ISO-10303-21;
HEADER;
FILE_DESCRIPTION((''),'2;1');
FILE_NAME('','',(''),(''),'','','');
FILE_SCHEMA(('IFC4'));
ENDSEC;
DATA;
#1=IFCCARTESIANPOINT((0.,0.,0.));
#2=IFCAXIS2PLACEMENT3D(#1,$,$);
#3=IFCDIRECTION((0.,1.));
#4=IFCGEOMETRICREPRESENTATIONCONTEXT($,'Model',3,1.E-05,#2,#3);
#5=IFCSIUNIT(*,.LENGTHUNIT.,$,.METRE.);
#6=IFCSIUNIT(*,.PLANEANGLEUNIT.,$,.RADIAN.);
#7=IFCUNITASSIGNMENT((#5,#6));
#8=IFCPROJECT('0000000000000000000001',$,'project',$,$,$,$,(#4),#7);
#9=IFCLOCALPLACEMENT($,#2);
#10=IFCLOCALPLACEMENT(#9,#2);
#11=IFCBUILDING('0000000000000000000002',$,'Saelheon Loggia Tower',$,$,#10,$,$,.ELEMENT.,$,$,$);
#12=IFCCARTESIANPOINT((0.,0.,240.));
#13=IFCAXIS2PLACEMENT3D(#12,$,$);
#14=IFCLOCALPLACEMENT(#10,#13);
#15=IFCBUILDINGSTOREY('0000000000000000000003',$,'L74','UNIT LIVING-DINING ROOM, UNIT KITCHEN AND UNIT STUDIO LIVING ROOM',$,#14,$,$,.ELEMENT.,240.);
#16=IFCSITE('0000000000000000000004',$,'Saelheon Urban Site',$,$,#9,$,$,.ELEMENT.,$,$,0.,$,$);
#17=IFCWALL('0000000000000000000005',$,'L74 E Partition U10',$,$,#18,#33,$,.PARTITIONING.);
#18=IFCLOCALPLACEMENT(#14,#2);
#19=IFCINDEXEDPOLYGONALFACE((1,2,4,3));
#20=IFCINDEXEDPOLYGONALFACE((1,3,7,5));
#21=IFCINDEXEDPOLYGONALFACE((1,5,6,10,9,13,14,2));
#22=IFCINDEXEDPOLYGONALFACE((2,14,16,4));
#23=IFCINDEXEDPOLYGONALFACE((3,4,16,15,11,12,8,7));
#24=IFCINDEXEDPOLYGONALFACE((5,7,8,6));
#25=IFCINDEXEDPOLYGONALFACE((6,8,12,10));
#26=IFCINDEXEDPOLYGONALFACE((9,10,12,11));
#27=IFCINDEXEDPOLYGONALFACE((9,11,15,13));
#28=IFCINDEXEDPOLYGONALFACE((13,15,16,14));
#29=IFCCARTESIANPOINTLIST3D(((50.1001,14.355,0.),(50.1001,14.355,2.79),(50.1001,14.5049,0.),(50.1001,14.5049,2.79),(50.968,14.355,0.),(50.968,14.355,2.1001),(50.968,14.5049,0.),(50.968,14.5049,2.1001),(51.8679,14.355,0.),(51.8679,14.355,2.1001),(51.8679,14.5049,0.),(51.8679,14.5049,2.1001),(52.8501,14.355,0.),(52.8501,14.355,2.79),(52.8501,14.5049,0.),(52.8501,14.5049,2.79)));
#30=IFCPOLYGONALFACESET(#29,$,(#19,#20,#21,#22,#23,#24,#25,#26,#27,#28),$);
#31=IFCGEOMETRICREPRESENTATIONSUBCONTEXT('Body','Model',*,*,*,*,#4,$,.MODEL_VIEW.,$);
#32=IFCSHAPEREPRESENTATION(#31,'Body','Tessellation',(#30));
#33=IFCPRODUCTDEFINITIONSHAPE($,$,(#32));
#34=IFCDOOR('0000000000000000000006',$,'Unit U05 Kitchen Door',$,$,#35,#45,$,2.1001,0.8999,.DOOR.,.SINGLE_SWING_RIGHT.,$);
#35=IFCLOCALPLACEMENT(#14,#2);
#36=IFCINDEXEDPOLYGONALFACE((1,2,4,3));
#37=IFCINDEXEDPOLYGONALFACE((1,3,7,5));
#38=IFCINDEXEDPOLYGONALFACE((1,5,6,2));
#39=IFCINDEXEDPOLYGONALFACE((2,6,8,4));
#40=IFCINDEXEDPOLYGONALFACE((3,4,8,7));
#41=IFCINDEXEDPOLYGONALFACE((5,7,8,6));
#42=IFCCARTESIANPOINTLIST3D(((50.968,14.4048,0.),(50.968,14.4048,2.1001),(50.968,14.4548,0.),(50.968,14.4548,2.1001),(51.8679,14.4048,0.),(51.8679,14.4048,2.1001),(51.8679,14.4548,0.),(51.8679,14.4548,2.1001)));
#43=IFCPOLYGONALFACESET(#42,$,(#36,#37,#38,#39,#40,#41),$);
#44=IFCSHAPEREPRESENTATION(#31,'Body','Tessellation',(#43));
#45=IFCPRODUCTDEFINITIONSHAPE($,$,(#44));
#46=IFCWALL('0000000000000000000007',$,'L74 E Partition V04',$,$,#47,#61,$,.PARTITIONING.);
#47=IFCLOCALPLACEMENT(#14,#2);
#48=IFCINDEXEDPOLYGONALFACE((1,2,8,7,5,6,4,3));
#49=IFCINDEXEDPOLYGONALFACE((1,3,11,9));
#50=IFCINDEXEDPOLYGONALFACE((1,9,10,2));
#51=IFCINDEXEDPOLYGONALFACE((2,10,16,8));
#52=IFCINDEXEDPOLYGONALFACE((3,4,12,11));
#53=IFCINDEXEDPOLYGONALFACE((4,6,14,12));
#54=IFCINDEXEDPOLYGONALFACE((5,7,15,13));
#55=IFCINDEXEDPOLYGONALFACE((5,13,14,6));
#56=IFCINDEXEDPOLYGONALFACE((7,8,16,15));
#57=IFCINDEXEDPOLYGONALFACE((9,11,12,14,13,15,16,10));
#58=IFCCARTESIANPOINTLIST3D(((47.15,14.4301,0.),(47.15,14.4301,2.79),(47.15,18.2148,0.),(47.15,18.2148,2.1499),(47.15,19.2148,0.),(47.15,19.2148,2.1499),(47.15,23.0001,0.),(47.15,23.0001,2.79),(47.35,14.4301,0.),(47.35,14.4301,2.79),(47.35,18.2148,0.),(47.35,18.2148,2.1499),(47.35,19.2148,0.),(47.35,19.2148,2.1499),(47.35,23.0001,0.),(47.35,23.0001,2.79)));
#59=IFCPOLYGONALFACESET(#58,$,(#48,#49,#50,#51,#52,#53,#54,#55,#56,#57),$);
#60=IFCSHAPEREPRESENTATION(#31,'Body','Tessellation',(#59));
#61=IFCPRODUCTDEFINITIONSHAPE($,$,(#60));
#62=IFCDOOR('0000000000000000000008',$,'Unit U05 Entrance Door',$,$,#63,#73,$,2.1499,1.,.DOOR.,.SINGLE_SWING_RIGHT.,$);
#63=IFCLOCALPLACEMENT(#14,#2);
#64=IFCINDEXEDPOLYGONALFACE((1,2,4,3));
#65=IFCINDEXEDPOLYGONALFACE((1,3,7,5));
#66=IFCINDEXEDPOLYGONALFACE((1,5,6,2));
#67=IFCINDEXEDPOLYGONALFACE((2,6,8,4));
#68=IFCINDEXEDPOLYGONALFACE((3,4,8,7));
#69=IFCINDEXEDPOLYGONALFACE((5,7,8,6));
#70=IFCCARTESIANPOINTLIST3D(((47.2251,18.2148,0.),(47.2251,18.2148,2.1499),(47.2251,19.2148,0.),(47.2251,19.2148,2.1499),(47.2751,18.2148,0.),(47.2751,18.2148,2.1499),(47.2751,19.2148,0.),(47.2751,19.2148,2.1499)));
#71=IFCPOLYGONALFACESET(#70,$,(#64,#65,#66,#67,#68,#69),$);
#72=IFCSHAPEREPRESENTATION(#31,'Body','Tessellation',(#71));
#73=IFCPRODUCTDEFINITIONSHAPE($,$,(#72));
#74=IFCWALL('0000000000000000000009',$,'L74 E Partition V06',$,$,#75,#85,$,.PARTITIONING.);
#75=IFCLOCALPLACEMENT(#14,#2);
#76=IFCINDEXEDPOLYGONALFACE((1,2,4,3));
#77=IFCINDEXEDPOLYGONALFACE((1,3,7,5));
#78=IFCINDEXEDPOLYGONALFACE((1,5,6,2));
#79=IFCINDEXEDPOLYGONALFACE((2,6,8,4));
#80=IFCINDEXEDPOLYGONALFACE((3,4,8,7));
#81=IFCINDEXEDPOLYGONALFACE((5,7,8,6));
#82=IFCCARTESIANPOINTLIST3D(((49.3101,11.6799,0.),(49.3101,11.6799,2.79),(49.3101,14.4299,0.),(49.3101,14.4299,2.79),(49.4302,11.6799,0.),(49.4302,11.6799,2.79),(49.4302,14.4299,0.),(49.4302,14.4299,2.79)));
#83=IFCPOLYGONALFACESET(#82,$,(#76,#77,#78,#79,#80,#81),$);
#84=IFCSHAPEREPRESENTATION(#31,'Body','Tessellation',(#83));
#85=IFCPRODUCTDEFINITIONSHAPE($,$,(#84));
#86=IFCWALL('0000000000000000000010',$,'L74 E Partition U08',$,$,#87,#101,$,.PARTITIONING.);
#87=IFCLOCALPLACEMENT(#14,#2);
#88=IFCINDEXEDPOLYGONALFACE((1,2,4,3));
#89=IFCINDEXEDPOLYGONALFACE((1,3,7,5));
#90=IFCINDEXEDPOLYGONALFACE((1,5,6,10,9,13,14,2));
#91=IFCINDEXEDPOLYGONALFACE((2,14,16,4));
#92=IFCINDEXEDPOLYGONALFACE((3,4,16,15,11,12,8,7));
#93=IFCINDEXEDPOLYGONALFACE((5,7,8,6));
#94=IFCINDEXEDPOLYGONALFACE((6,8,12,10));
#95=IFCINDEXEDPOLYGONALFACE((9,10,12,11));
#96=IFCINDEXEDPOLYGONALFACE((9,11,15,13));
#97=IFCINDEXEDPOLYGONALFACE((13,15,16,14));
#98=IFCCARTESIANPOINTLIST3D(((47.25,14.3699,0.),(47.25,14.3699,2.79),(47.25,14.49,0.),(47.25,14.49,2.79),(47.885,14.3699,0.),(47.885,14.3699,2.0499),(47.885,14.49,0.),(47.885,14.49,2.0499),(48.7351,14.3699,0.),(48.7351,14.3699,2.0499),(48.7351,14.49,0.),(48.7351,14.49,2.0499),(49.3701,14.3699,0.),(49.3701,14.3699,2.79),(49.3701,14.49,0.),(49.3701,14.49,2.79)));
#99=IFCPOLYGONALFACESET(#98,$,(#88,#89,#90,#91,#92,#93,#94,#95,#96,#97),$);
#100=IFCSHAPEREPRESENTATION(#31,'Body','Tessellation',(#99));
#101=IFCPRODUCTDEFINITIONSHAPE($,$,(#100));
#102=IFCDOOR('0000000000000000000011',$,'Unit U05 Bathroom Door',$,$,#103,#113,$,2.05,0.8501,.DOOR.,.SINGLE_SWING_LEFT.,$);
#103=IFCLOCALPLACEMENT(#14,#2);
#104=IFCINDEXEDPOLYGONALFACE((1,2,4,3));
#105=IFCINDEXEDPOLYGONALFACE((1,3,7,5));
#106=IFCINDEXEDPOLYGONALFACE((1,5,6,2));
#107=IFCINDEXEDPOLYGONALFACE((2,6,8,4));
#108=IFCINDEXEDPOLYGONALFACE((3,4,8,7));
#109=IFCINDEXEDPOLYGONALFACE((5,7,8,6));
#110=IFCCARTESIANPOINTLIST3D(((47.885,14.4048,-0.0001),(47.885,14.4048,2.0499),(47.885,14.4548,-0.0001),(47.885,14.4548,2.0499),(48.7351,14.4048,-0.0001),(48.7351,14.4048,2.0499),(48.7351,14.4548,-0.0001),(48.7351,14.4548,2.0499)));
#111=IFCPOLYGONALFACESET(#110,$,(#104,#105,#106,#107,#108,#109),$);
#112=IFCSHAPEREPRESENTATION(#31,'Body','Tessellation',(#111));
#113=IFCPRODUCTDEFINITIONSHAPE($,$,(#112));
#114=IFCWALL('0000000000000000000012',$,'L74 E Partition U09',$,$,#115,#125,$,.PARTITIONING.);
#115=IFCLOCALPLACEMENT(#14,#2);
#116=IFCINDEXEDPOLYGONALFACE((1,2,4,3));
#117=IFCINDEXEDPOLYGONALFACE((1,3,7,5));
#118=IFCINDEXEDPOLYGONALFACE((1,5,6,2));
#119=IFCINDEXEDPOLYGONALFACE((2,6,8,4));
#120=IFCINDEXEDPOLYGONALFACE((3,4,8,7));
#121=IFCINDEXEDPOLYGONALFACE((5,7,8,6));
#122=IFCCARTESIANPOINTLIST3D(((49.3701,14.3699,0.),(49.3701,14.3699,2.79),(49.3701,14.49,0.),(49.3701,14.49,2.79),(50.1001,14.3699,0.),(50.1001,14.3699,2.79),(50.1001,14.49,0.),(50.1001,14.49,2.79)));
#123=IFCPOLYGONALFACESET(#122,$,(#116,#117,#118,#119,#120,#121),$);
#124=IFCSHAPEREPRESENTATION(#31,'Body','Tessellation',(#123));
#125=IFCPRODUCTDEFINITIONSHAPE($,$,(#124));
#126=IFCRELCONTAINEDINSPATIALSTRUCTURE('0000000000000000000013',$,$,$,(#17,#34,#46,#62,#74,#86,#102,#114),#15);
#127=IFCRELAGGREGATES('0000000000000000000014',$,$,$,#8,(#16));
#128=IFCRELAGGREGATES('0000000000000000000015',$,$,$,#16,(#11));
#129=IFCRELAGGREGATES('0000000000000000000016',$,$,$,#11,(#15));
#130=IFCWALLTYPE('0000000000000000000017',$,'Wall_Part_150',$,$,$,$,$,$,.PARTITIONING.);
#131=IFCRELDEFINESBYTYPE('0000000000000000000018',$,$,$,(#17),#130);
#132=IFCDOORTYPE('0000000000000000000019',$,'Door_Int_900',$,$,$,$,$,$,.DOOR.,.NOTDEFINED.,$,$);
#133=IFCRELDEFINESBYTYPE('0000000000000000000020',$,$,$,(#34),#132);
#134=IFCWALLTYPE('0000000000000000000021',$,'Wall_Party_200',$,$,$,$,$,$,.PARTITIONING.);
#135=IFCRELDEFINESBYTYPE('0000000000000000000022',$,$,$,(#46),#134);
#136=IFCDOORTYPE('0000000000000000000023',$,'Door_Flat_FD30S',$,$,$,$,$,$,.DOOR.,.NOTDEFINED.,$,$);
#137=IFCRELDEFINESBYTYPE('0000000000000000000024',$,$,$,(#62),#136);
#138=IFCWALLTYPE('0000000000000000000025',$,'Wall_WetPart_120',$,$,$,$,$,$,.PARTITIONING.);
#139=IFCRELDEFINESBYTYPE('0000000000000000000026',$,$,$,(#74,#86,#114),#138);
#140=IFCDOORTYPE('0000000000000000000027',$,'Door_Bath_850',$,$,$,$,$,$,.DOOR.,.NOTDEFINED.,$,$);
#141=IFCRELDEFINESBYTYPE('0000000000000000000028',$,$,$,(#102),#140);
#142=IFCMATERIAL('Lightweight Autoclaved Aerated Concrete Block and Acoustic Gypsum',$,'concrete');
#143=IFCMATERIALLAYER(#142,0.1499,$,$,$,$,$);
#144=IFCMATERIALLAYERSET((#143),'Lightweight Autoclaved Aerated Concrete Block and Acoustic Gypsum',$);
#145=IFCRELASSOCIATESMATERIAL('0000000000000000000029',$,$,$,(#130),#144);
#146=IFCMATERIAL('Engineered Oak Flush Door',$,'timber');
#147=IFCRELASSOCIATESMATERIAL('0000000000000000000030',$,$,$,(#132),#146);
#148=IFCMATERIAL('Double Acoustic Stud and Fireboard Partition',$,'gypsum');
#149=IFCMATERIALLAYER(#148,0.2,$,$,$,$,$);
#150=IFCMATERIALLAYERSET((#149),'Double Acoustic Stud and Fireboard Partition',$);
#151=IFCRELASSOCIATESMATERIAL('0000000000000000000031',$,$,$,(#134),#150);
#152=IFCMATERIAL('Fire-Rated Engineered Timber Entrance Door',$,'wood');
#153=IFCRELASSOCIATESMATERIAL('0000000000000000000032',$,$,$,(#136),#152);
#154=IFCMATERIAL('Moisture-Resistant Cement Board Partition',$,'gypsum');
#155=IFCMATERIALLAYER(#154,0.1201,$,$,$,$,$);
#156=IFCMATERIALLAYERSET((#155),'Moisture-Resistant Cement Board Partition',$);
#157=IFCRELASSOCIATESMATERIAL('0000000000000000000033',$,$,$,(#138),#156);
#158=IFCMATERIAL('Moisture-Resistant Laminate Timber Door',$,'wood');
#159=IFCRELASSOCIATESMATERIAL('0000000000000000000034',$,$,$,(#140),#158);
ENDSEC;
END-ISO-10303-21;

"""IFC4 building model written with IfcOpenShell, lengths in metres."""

from ifc_helpers import new_model, si_unit, direction, frame, frame_2d, origin, place, context, subcontext, project, spatial, rectangle, extrude, source, transform, mapped, material, layer, layer_set, type_object, element, fill, save


model = new_model("IFC4")

# Units and contexts
model_context = context("Model", 3, precision=1e-05, world=origin(), true_north=direction((0.0, 1.0)))
body_context = subcontext(model_context, "Body", "Model", "MODEL_VIEW")
ifc_project = project(units=[si_unit("LENGTHUNIT", "METRE"), si_unit("PLANEANGLEUNIT", "RADIAN")], contexts=[model_context])

# Site, building, storey
site_placement = place(None, origin())
site = spatial("IfcSite", under=ifc_project, at=site_placement, Name="Saelheon Urban Site", CompositionType="ELEMENT", RefElevation=0.0)
building_placement = place(site_placement, origin())
building = spatial("IfcBuilding", under=site, at=building_placement, Name="Saelheon Loggia Tower", CompositionType="ELEMENT")
storey_placement = place(building_placement, frame((0.0, 0.0, 240.0)))
storey = spatial("IfcBuildingStorey", under=building, at=storey_placement, Name="L74", Description="UNIT LIVING-DINING ROOM, UNIT KITCHEN AND UNIT STUDIO LIVING ROOM", CompositionType="ELEMENT", Elevation=240.0)

# Walls, openings, doors
ifc_material_1 = material(Name="Lightweight Autoclaved Aerated Concrete Block and Acoustic Gypsum", Category="concrete")
ifc_layer_1 = layer(ifc_material_1, 0.1499)
ifc_layer_set_1 = layer_set([ifc_layer_1], Name="Lightweight Autoclaved Aerated Concrete Block and Acoustic Gypsum")
wall_type_1 = type_object("IfcWallType", Name="Wall_Part_150", PredefinedType="PARTITIONING", material=ifc_layer_set_1)
wall_1_placement = place(storey_placement, frame((50.1001, 14.4299, 0.0), z_axis=(0.0, 0.0, 1.0), x_axis=(1.0, 0.0, 0.0)))
wall_1 = element("IfcWall", 1, at=wall_1_placement, inside=storey, type_object=wall_type_1, Name="L74 E Partition U10", PredefinedType="PARTITIONING", context=body_context, shape_type="SweptSolid", body=[
    extrude(rectangle(XDim=2.75, YDim=0.1499, at=frame_2d((1.375, 0.0))), origin(), (0.0, 0.0, 1.0), 2.79),
])
opening_1_placement = place(wall_1_placement, frame((0.8679, 0.0, 0.0)))
opening_1 = element("IfcOpeningElement", 2, at=opening_1_placement, cuts=wall_1, PredefinedType="OPENING", context=body_context, shape_type="SweptSolid", body=[
    extrude(rectangle(XDim=0.8999, YDim=2.1001, at=frame_2d((0.45, 1.05))), frame((0.0, 0.0869, 0.0), z_axis=(0.0, -1.0, 0.0), x_axis=(1.0, 0.0, 0.0)), (0.0, 0.0, 1.0), 0.1738),
])
ifc_material_2 = material(Name="Engineered Oak Flush Door", Category="timber")
door_type_1 = type_object("IfcDoorType", Name="Door_Int_900", OperationType="NOTDEFINED", PredefinedType="DOOR", material=ifc_material_2)
shared_shape_1 = source(origin(), body_context, "Body", "SweptSolid", [
    extrude(rectangle(XDim=0.8999, YDim=2.1001, at=frame_2d((0.45, 1.05))), frame((0.0, 0.0249, 0.0), z_axis=(0.0, -1.0, 0.0), x_axis=(1.0, 0.0, 0.0)), (0.0, 0.0, 1.0), 0.05),
])
door_1_placement = place(opening_1_placement, origin())
door_1 = element("IfcDoor", 3, at=door_1_placement, inside=storey, type_object=door_type_1, Name="Unit U05 Kitchen Door", OperationType="SINGLE_SWING_RIGHT", OverallHeight=2.1001, OverallWidth=0.8999, PredefinedType="DOOR", context=body_context, shape_type="MappedRepresentation", body=[
    mapped(shared_shape_1, transform((0.0, 0.0, 0.0), scale=1.0)),
])
fill(opening_1, door_1)
ifc_material_3 = material(Name="Double Acoustic Stud and Fireboard Partition", Category="gypsum")
ifc_layer_2 = layer(ifc_material_3, 0.2)
ifc_layer_set_2 = layer_set([ifc_layer_2], Name="Double Acoustic Stud and Fireboard Partition")
wall_type_2 = type_object("IfcWallType", Name="Wall_Party_200", PredefinedType="PARTITIONING", material=ifc_layer_set_2)
wall_2_placement = place(storey_placement, frame((47.25, 14.4299, 0.0), z_axis=(0.0, 0.0, 1.0), x_axis=(0.0, 1.0, 0.0)))
wall_2 = element("IfcWall", 4, at=wall_2_placement, inside=storey, type_object=wall_type_2, Name="L74 E Partition V04", PredefinedType="PARTITIONING", context=body_context, shape_type="SweptSolid", body=[
    extrude(rectangle(XDim=8.5701, YDim=0.2, at=frame_2d((4.2852, 0.0))), origin(), (0.0, 0.0, 1.0), 2.79),
])
opening_2_placement = place(wall_2_placement, frame((3.7849, 0.0, 0.0)))
opening_2 = element("IfcOpeningElement", 5, at=opening_2_placement, cuts=wall_2, PredefinedType="OPENING", context=body_context, shape_type="SweptSolid", body=[
    extrude(rectangle(XDim=1.0, YDim=2.1499, at=frame_2d((0.5, 1.075))), frame((0.0, 0.1121, 0.0), z_axis=(0.0, -1.0, 0.0), x_axis=(1.0, 0.0, 0.0)), (0.0, 0.0, 1.0), 0.2239),
])
ifc_material_4 = material(Name="Fire-Rated Engineered Timber Entrance Door", Category="wood")
door_type_2 = type_object("IfcDoorType", Name="Door_Flat_FD30S", OperationType="NOTDEFINED", PredefinedType="DOOR", material=ifc_material_4)
shared_shape_2 = source(origin(), body_context, "Body", "SweptSolid", [
    extrude(rectangle(XDim=1.0, YDim=2.1499, at=frame_2d((0.5, 1.075))), frame((0.0, 0.0249, 0.0), z_axis=(0.0, -1.0, 0.0), x_axis=(1.0, 0.0, 0.0)), (0.0, 0.0, 1.0), 0.05),
])
door_2_placement = place(opening_2_placement, origin())
door_2 = element("IfcDoor", 6, at=door_2_placement, inside=storey, type_object=door_type_2, Name="Unit U05 Entrance Door", OperationType="SINGLE_SWING_RIGHT", OverallHeight=2.1499, OverallWidth=1.0, PredefinedType="DOOR", context=body_context, shape_type="MappedRepresentation", body=[
    mapped(shared_shape_2, transform((0.0, 0.0, 0.0), scale=1.0)),
])
fill(opening_2, door_2)

# Wall
ifc_material_5 = material(Name="Moisture-Resistant Cement Board Partition", Category="gypsum")
ifc_layer_3 = layer(ifc_material_5, 0.1201)
ifc_layer_set_3 = layer_set([ifc_layer_3], Name="Moisture-Resistant Cement Board Partition")
wall_type_3 = type_object("IfcWallType", Name="Wall_WetPart_120", PredefinedType="PARTITIONING", material=ifc_layer_set_3)
wall_3_placement = place(storey_placement, frame((49.3701, 11.6799, 0.0), z_axis=(0.0, 0.0, 1.0), x_axis=(0.0, 1.0, 0.0)))
element("IfcWall", 7, at=wall_3_placement, inside=storey, type_object=wall_type_3, Name="L74 E Partition V06", PredefinedType="PARTITIONING", context=body_context, shape_type="SweptSolid", body=[
    extrude(rectangle(XDim=2.75, YDim=0.1201, at=frame_2d((1.375, 0.0))), origin(), (0.0, 0.0, 1.0), 2.79),
])

# Wall, opening, door
wall_4_placement = place(storey_placement, frame((47.25, 14.4299, 0.0), z_axis=(0.0, 0.0, 1.0), x_axis=(1.0, 0.0, 0.0)))
wall_4 = element("IfcWall", 8, at=wall_4_placement, inside=storey, type_object=wall_type_3, Name="L74 E Partition U08", PredefinedType="PARTITIONING", context=body_context, shape_type="SweptSolid", body=[
    extrude(rectangle(XDim=2.1201, YDim=0.1201, at=frame_2d((1.0601, 0.0))), origin(), (0.0, 0.0, 1.0), 2.79),
])
opening_3_placement = place(wall_4_placement, frame((0.635, 0.0, 0.0)))
opening_3 = element("IfcOpeningElement", 9, at=opening_3_placement, cuts=wall_4, PredefinedType="OPENING", context=body_context, shape_type="SweptSolid", body=[
    extrude(rectangle(XDim=0.8501, YDim=2.05, at=frame_2d((0.425, 1.0249))), frame((0.0, 0.072, 0.0), z_axis=(0.0, -1.0, 0.0), x_axis=(1.0, 0.0, 0.0)), (0.0, 0.0, 1.0), 0.144),
])
ifc_material_6 = material(Name="Moisture-Resistant Laminate Timber Door", Category="wood")
door_type_3 = type_object("IfcDoorType", Name="Door_Bath_850", OperationType="NOTDEFINED", PredefinedType="DOOR", material=ifc_material_6)
shared_shape_3 = source(origin(), body_context, "Body", "SweptSolid", [
    extrude(rectangle(XDim=0.8501, YDim=2.05, at=frame_2d((0.425, 1.0249))), frame((0.0, 0.0249, 0.0), z_axis=(0.0, -1.0, 0.0), x_axis=(1.0, 0.0, 0.0)), (0.0, 0.0, 1.0), 0.05),
])
door_3_placement = place(opening_3_placement, origin())
door_3 = element("IfcDoor", 10, at=door_3_placement, inside=storey, type_object=door_type_3, Name="Unit U05 Bathroom Door", OperationType="SINGLE_SWING_LEFT", OverallHeight=2.05, OverallWidth=0.8501, PredefinedType="DOOR", context=body_context, shape_type="MappedRepresentation", body=[
    mapped(shared_shape_3, transform((0.0, 0.0, 0.0), scale=1.0)),
])
fill(opening_3, door_3)

# Wall
wall_5_placement = place(storey_placement, frame((49.3701, 14.4299, 0.0), z_axis=(0.0, 0.0, 1.0), x_axis=(1.0, 0.0, 0.0)))
element("IfcWall", 11, at=wall_5_placement, inside=storey, type_object=wall_type_3, Name="L74 E Partition U09", PredefinedType="PARTITIONING", context=body_context, shape_type="SweptSolid", body=[
    extrude(rectangle(XDim=0.73, YDim=0.1201, at=frame_2d((0.365, 0.0))), origin(), (0.0, 0.0, 1.0), 2.79),
])

save(model, "model.ifc")
